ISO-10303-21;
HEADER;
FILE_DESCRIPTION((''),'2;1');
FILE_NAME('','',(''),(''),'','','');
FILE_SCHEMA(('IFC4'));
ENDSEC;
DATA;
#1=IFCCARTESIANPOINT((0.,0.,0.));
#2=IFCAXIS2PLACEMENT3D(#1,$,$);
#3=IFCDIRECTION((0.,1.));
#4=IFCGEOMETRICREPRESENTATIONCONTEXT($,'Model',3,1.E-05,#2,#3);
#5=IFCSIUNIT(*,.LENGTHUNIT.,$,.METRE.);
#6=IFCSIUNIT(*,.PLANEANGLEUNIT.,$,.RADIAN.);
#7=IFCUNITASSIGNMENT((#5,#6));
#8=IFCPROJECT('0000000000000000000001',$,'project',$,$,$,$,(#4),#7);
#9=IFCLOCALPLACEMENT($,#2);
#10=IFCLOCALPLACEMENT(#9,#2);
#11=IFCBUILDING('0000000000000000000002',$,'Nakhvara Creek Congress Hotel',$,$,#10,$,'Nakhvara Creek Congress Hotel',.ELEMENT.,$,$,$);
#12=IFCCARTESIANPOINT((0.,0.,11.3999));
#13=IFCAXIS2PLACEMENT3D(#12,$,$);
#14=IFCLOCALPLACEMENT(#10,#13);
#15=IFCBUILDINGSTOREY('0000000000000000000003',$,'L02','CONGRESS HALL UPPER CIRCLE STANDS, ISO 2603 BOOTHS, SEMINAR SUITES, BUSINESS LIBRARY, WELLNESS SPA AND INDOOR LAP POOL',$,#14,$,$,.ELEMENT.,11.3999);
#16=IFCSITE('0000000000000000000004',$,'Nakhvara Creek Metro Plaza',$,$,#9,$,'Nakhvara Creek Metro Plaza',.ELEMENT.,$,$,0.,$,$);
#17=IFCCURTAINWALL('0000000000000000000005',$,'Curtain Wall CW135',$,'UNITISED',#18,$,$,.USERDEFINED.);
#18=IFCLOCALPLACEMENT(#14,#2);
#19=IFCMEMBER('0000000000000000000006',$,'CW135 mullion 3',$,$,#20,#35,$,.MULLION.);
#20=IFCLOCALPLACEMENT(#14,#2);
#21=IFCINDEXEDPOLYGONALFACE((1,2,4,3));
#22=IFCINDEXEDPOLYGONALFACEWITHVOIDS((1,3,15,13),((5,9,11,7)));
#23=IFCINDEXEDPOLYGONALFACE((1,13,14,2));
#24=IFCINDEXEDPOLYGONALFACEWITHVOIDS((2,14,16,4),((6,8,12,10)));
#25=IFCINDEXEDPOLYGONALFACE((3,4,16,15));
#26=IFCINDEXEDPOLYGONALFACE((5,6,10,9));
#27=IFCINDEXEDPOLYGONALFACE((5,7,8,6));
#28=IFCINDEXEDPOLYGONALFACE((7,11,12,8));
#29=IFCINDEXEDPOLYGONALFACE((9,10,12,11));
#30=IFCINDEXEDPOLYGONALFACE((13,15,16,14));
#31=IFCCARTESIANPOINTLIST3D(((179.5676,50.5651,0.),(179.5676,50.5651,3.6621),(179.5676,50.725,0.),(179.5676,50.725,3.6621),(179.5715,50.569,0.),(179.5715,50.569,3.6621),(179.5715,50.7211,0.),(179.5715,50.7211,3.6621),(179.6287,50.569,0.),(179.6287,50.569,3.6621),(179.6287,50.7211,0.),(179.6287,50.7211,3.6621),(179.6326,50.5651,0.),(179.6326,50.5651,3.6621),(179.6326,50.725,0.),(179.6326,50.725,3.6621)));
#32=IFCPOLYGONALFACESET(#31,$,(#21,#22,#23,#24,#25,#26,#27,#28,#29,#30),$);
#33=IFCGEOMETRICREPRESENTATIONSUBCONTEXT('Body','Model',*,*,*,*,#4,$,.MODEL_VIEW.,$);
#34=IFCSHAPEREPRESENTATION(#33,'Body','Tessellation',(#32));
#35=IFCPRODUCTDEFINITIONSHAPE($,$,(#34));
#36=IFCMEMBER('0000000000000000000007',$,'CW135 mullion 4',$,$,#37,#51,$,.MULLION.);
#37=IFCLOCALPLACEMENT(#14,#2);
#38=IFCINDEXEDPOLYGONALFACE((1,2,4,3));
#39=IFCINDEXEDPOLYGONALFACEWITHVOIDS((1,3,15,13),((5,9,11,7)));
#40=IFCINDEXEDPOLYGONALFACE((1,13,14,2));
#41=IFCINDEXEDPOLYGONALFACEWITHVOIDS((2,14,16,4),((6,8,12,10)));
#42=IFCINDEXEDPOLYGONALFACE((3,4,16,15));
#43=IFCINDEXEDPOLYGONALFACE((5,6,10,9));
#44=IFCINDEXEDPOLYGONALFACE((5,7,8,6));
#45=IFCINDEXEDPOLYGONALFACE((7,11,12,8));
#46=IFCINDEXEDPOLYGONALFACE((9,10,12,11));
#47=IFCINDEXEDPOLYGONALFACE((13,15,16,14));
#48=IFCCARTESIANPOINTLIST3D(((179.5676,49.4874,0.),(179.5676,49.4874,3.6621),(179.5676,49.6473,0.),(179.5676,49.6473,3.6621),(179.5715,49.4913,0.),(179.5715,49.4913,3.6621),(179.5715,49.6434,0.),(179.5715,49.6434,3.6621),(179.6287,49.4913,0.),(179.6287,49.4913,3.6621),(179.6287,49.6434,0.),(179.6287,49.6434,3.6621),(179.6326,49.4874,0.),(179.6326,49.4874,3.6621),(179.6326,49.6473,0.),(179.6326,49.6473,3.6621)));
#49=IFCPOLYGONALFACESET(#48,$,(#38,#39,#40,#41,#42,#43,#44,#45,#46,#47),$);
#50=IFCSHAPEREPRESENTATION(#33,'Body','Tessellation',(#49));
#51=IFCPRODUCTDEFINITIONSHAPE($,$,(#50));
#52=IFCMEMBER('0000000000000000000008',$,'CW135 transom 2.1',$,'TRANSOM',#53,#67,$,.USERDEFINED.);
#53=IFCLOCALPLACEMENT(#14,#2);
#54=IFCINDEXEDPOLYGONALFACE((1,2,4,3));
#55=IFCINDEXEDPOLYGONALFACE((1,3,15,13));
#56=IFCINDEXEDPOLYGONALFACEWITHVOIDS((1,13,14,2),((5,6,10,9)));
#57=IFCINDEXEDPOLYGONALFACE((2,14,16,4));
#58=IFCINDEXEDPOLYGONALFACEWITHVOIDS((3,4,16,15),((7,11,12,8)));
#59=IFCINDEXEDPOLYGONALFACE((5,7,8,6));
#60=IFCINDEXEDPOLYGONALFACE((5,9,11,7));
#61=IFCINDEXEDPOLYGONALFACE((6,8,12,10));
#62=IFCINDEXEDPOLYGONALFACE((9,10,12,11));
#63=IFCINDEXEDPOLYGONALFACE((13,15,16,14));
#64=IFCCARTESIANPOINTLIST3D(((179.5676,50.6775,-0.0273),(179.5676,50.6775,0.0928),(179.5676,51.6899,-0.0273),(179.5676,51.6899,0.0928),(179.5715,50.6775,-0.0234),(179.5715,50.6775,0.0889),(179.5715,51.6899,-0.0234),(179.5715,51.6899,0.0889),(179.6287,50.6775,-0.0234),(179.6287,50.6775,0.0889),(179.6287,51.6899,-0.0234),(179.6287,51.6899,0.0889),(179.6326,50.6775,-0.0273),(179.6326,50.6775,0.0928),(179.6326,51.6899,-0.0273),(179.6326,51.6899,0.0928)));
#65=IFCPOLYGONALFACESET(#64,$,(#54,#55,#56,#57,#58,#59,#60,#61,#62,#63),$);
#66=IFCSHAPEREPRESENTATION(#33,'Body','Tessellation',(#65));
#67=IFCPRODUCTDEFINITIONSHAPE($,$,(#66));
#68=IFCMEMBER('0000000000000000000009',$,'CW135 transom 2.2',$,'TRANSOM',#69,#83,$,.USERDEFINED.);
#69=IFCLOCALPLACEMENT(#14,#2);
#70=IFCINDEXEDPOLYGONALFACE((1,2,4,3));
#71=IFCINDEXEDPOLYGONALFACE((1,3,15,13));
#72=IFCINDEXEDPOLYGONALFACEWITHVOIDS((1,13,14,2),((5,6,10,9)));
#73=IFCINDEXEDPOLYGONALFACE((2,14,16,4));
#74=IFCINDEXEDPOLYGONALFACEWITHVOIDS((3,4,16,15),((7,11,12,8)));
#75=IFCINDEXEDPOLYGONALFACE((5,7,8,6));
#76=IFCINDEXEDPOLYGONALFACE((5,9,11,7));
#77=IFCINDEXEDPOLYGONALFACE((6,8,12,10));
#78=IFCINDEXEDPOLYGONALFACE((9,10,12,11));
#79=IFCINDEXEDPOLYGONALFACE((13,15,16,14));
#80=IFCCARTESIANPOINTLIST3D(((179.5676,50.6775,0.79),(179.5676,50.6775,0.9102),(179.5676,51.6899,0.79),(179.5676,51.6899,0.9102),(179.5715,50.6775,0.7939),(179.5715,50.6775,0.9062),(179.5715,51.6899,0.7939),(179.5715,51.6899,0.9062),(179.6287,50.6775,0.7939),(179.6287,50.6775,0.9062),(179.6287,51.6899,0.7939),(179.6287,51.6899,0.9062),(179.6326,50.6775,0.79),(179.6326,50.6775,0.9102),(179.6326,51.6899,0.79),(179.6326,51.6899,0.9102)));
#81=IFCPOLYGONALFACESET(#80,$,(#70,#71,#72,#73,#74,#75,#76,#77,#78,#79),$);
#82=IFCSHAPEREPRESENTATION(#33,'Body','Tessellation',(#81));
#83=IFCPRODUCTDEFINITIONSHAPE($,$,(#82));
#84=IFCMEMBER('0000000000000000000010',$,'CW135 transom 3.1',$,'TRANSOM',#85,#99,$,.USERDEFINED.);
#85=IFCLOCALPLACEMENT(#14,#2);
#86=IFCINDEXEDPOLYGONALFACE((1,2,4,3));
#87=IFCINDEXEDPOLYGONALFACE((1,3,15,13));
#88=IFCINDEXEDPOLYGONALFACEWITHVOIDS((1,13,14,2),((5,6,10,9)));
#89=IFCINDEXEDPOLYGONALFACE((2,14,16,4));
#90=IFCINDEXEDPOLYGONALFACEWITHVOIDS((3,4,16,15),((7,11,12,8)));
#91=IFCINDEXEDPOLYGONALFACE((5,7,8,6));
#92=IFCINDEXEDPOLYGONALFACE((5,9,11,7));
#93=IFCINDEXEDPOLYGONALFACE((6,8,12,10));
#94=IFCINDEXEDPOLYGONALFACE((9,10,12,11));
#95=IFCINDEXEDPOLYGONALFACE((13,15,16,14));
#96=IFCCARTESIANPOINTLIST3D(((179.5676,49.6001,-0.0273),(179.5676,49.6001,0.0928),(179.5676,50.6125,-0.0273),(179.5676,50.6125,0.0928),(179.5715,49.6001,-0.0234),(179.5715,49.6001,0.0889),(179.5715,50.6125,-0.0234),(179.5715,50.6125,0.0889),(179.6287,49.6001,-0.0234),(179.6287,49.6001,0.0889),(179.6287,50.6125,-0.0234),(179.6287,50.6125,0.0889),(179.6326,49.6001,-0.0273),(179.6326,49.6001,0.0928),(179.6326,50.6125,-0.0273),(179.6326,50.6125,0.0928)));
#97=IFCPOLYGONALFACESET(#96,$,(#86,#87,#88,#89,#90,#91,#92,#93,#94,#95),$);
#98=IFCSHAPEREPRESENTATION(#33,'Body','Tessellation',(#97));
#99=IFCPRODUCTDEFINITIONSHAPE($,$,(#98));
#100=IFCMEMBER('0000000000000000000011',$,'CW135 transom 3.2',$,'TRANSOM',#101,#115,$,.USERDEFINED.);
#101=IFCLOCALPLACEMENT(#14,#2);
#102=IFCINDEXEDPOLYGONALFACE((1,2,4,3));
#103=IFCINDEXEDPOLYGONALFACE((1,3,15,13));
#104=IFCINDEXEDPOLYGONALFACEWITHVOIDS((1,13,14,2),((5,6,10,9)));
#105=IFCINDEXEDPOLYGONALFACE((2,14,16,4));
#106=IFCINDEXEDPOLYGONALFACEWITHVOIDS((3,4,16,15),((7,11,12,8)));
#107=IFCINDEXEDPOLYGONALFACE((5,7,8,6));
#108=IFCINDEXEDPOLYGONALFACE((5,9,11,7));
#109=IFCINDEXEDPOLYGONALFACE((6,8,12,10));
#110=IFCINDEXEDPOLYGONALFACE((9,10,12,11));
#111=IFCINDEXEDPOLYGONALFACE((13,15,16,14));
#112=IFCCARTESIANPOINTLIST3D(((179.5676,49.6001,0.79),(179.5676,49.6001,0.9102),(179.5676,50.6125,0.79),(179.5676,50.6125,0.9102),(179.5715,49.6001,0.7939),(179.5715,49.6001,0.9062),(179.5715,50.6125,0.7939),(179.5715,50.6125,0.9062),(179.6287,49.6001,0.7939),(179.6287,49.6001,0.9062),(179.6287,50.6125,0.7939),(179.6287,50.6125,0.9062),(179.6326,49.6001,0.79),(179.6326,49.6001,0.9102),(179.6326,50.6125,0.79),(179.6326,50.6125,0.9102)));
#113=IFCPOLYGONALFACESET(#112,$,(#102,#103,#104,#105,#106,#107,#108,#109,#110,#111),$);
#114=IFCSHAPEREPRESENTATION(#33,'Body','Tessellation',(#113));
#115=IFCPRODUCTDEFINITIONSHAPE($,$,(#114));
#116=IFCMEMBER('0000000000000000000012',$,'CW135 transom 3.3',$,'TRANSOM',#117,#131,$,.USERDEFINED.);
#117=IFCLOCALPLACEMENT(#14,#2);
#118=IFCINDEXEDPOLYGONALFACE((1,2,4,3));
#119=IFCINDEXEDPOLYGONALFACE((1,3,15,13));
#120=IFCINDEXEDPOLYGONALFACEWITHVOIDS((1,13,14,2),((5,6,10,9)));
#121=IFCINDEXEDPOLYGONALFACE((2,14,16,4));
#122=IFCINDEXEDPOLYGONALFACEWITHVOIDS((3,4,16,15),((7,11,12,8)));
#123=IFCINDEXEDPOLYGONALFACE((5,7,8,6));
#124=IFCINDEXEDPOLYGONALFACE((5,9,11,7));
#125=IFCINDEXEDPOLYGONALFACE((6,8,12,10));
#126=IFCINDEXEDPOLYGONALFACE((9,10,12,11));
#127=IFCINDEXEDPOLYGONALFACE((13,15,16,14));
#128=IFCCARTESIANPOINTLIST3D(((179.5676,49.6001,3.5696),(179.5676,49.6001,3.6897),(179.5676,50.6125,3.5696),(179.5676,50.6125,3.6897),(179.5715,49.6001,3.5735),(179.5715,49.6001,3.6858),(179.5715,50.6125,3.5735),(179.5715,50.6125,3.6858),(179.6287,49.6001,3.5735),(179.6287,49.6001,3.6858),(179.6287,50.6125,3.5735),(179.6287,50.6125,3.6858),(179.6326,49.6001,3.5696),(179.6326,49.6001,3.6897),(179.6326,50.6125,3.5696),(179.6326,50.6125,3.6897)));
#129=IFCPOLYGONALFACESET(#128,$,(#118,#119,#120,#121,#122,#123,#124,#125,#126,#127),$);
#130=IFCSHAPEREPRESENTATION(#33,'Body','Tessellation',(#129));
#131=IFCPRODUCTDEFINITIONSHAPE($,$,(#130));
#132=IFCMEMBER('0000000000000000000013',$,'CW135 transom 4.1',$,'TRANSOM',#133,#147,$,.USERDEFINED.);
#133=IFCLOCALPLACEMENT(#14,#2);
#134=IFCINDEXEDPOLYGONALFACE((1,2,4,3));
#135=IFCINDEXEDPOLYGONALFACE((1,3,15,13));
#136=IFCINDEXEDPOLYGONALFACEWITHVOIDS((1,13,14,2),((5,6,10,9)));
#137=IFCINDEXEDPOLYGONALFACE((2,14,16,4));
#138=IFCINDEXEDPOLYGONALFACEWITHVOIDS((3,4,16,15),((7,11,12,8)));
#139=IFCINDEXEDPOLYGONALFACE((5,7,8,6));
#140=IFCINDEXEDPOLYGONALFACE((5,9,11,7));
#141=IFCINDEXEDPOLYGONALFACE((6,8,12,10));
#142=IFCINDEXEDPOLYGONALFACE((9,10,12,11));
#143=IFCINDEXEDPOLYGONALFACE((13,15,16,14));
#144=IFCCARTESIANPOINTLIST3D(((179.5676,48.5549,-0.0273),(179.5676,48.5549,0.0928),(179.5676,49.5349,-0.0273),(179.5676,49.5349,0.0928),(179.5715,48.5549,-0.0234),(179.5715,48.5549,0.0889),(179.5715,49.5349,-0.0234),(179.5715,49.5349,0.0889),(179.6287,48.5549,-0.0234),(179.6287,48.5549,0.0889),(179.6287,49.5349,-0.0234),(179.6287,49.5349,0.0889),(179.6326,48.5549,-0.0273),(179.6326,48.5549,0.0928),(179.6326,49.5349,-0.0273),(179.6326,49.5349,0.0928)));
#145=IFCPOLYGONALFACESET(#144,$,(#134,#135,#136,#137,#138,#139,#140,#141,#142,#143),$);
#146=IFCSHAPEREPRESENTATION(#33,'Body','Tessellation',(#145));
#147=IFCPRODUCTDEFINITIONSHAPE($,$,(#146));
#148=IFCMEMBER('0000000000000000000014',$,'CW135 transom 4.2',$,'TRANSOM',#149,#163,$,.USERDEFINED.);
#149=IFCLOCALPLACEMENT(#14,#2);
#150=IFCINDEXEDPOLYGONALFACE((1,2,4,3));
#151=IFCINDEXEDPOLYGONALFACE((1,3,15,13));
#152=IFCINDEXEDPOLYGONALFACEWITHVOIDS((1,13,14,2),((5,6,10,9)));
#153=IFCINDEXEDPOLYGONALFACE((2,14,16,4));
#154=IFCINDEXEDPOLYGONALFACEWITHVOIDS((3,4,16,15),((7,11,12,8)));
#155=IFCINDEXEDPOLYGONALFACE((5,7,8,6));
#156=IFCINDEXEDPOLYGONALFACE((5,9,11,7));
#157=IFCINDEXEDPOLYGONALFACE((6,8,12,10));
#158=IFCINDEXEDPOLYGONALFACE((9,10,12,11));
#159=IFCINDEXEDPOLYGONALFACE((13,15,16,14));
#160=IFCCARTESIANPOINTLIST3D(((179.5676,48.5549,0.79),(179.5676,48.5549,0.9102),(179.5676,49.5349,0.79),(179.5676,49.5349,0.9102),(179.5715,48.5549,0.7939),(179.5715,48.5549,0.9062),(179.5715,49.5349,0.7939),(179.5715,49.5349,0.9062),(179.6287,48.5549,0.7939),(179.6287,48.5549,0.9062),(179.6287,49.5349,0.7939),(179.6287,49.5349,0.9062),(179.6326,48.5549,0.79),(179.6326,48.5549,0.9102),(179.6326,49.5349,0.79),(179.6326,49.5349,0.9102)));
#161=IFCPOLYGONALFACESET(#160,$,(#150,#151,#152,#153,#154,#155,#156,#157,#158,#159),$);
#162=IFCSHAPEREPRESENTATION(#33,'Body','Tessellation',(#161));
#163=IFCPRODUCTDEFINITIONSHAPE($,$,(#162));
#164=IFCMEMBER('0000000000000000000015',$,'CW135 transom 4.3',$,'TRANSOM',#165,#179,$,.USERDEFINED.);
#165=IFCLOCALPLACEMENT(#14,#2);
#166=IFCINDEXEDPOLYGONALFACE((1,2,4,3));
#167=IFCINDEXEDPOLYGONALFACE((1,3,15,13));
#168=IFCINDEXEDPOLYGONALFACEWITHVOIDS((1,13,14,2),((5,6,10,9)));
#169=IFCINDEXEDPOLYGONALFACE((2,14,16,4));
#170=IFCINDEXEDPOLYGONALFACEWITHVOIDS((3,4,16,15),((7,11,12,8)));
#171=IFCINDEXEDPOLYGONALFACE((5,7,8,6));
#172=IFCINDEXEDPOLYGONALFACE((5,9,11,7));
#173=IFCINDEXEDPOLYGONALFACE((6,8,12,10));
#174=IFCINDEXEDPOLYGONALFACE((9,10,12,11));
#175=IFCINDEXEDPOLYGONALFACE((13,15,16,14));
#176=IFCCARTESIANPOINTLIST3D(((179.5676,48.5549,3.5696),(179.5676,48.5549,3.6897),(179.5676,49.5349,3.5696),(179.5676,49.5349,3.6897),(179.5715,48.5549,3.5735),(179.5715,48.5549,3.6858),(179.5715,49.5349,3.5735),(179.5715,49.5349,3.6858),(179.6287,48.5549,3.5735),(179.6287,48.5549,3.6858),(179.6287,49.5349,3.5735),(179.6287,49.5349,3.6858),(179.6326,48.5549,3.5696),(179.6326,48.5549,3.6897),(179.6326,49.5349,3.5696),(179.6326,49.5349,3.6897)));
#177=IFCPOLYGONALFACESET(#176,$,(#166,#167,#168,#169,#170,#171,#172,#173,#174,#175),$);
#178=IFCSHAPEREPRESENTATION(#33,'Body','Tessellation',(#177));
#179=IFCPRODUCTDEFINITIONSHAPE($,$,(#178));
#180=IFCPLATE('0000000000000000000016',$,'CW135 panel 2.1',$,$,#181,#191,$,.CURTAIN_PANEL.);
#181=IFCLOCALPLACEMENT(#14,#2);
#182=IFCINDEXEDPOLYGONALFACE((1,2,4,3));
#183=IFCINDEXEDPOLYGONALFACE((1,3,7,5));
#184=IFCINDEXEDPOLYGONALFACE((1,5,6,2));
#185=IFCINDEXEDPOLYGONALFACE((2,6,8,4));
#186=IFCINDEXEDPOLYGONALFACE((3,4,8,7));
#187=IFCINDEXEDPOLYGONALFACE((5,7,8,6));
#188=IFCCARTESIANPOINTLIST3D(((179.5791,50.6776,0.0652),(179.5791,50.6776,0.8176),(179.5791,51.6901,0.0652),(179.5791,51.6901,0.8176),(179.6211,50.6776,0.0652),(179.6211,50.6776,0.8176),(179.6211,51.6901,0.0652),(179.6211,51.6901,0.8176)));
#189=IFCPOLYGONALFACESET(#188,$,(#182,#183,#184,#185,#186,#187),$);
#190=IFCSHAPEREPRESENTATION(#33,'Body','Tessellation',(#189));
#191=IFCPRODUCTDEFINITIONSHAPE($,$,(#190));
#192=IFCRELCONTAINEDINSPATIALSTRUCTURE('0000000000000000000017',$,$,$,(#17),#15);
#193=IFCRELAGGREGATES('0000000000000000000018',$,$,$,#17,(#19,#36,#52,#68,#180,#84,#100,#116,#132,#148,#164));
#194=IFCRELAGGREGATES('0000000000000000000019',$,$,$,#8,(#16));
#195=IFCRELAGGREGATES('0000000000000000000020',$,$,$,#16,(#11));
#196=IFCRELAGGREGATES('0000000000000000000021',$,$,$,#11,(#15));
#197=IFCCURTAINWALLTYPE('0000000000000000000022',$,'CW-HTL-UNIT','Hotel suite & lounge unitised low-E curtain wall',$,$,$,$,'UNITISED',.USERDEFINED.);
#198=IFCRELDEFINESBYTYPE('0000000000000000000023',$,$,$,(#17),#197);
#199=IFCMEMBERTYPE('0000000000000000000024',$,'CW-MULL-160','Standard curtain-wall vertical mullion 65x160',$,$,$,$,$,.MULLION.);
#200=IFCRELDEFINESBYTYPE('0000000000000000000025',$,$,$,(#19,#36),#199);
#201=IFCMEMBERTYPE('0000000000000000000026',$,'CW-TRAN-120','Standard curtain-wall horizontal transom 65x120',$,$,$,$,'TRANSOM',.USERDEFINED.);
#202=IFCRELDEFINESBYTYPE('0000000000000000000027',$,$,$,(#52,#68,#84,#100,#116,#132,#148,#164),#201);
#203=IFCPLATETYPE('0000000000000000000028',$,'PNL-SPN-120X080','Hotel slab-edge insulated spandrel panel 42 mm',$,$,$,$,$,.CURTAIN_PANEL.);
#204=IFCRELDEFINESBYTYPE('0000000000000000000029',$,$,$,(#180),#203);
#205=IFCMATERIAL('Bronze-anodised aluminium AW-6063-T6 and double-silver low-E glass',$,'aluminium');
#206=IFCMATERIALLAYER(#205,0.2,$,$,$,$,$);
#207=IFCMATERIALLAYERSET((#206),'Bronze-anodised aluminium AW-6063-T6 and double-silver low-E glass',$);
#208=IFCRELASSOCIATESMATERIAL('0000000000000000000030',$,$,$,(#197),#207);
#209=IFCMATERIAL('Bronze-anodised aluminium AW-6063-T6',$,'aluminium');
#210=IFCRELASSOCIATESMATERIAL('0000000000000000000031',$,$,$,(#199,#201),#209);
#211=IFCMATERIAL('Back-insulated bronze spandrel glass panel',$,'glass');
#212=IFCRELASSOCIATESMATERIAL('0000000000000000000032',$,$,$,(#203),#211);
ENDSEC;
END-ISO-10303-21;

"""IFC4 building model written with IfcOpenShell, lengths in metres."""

from ifc_helpers import new_model, si_unit, direction, frame, origin, origin_2d, place, context, subcontext, project, spatial, rectangle, hollow_rectangle, extrude, material, layer, layer_set, material_profile, profile_set, type_object, element, aggregate, save


model = new_model("IFC4")

# Units and contexts
model_context = context("Model", 3, precision=1e-05, world=origin(), true_north=direction((0.0, 1.0)))
body_context = subcontext(model_context, "Body", "Model", "MODEL_VIEW")
ifc_project = project(units=[si_unit("LENGTHUNIT", "METRE"), si_unit("PLANEANGLEUNIT", "RADIAN")], contexts=[model_context])

# Site, building, storey
site_placement = place(None, origin())
site = spatial("IfcSite", under=ifc_project, at=site_placement, Name="Nakhvara Creek Metro Plaza", LongName="Nakhvara Creek Metro Plaza", CompositionType="ELEMENT", RefElevation=0.0)
building_placement = place(site_placement, origin())
building = spatial("IfcBuilding", under=site, at=building_placement, Name="Nakhvara Creek Congress Hotel", LongName="Nakhvara Creek Congress Hotel", CompositionType="ELEMENT")
storey_placement = place(building_placement, frame((0.0, 0.0, 11.3999)))
storey = spatial("IfcBuildingStorey", under=building, at=storey_placement, Name="L02", Description="CONGRESS HALL UPPER CIRCLE STANDS, ISO 2603 BOOTHS, SEMINAR SUITES, BUSINESS LIBRARY, WELLNESS SPA AND INDOOR LAP POOL", CompositionType="ELEMENT", Elevation=11.3999)

# Curtain wall, members, plate
ifc_material_1 = material(Name="Bronze-anodised aluminium AW-6063-T6 and double-silver low-E glass", Category="aluminium")
ifc_layer_1 = layer(ifc_material_1, 0.2)
ifc_layer_set_1 = layer_set([ifc_layer_1], Name="Bronze-anodised aluminium AW-6063-T6 and double-silver low-E glass")
curtain_wall_type = type_object("IfcCurtainWallType", Name="CW-HTL-UNIT", Description="Hotel suite & lounge unitised low-E curtain wall", ElementType="UNITISED", PredefinedType="USERDEFINED", material=ifc_layer_set_1)
curtain_wall_placement = place(storey_placement, origin())
curtain_wall = element("IfcCurtainWall", 1, at=curtain_wall_placement, inside=storey, type_object=curtain_wall_type, Name="Curtain Wall CW135", ObjectType="UNITISED", PredefinedType="USERDEFINED")
ifc_material_2 = material(Name="Bronze-anodised aluminium AW-6063-T6", Category="aluminium")
ifc_material_profile_1 = material_profile(ifc_material_2, hollow_rectangle(XDim=0.0649, YDim=0.1599, WallThickness=0.0039, at=origin_2d()), Name="ALU-MULL 65x160x4", Category="LoadBearing")
ifc_profile_set_1 = profile_set([ifc_material_profile_1], Name="Bronze-anodised aluminium AW-6063-T6")
member_type_1 = type_object("IfcMemberType", Name="CW-MULL-160", Description="Standard curtain-wall vertical mullion 65x160", PredefinedType="MULLION", material=ifc_profile_set_1)
member_1_placement = place(storey_placement, frame((179.6001, 50.645, 0.0), z_axis=(0.0, 0.0, 1.0), x_axis=(1.0, 0.0, 0.0)))
member_1 = element("IfcMember", 2, at=member_1_placement, type_object=member_type_1, Name="CW135 mullion 3", PredefinedType="MULLION", context=body_context, shape_type="SweptSolid", body=[
    extrude(hollow_rectangle(XDim=0.0649, YDim=0.1599, WallThickness=0.0039, at=origin_2d()), origin(), (0.0, 0.0, 1.0), 3.6621),
])
member_2_placement = place(storey_placement, frame((179.6001, 49.5674, 0.0), z_axis=(0.0, 0.0, 1.0), x_axis=(1.0, 0.0, 0.0)))
member_2 = element("IfcMember", 3, at=member_2_placement, type_object=member_type_1, Name="CW135 mullion 4", PredefinedType="MULLION", context=body_context, shape_type="SweptSolid", body=[
    extrude(hollow_rectangle(XDim=0.0649, YDim=0.1599, WallThickness=0.0039, at=origin_2d()), origin(), (0.0, 0.0, 1.0), 3.6621),
])
ifc_material_profile_2 = material_profile(ifc_material_2, hollow_rectangle(XDim=0.0649, YDim=0.1201, WallThickness=0.0039, at=origin_2d()), Name="ALU-TRAN 65x120x4", Category="LoadBearing")
ifc_profile_set_2 = profile_set([ifc_material_profile_2], Name="Bronze-anodised aluminium AW-6063-T6")
member_type_2 = type_object("IfcMemberType", Name="CW-TRAN-120", Description="Standard curtain-wall horizontal transom 65x120", ElementType="TRANSOM", PredefinedType="USERDEFINED", material=ifc_profile_set_2)
member_3_placement = place(storey_placement, frame((179.6001, 51.6899, 0.0327), z_axis=(0.0, -1.0, 0.0), x_axis=(1.0, 0.0, 0.0)))
member_3 = element("IfcMember", 4, at=member_3_placement, type_object=member_type_2, Name="CW135 transom 2.1", ObjectType="TRANSOM", PredefinedType="USERDEFINED", context=body_context, shape_type="SweptSolid", body=[
    extrude(hollow_rectangle(XDim=0.0649, YDim=0.1201, WallThickness=0.0039, at=origin_2d()), origin(), (0.0, 0.0, 1.0), 1.0125),
])
member_4_placement = place(storey_placement, frame((179.6001, 51.6899, 0.8501), z_axis=(0.0, -1.0, 0.0), x_axis=(1.0, 0.0, 0.0)))
member_4 = element("IfcMember", 5, at=member_4_placement, type_object=member_type_2, Name="CW135 transom 2.2", ObjectType="TRANSOM", PredefinedType="USERDEFINED", context=body_context, shape_type="SweptSolid", body=[
    extrude(hollow_rectangle(XDim=0.0649, YDim=0.1201, WallThickness=0.0039, at=origin_2d()), origin(), (0.0, 0.0, 1.0), 1.0125),
])
member_5_placement = place(storey_placement, frame((179.6001, 50.6125, 0.0327), z_axis=(0.0, -1.0, 0.0), x_axis=(1.0, 0.0, 0.0)))
member_5 = element("IfcMember", 6, at=member_5_placement, type_object=member_type_2, Name="CW135 transom 3.1", ObjectType="TRANSOM", PredefinedType="USERDEFINED", context=body_context, shape_type="SweptSolid", body=[
    extrude(hollow_rectangle(XDim=0.0649, YDim=0.1201, WallThickness=0.0039, at=origin_2d()), origin(), (0.0, 0.0, 1.0), 1.0125),
])
member_6_placement = place(storey_placement, frame((179.6001, 50.6125, 0.8501), z_axis=(0.0, -1.0, 0.0), x_axis=(1.0, 0.0, 0.0)))
member_6 = element("IfcMember", 7, at=member_6_placement, type_object=member_type_2, Name="CW135 transom 3.2", ObjectType="TRANSOM", PredefinedType="USERDEFINED", context=body_context, shape_type="SweptSolid", body=[
    extrude(hollow_rectangle(XDim=0.0649, YDim=0.1201, WallThickness=0.0039, at=origin_2d()), origin(), (0.0, 0.0, 1.0), 1.0125),
])
member_7_placement = place(storey_placement, frame((179.6001, 50.6125, 3.6296), z_axis=(0.0, -1.0, 0.0), x_axis=(1.0, 0.0, 0.0)))
member_7 = element("IfcMember", 8, at=member_7_placement, type_object=member_type_2, Name="CW135 transom 3.3", ObjectType="TRANSOM", PredefinedType="USERDEFINED", context=body_context, shape_type="SweptSolid", body=[
    extrude(hollow_rectangle(XDim=0.0649, YDim=0.1201, WallThickness=0.0039, at=origin_2d()), origin(), (0.0, 0.0, 1.0), 1.0125),
])
member_8_placement = place(storey_placement, frame((179.6001, 49.5349, 0.0327), z_axis=(0.0, -1.0, 0.0), x_axis=(1.0, 0.0, 0.0)))
member_8 = element("IfcMember", 9, at=member_8_placement, type_object=member_type_2, Name="CW135 transom 4.1", ObjectType="TRANSOM", PredefinedType="USERDEFINED", context=body_context, shape_type="SweptSolid", body=[
    extrude(hollow_rectangle(XDim=0.0649, YDim=0.1201, WallThickness=0.0039, at=origin_2d()), origin(), (0.0, 0.0, 1.0), 0.98),
])
member_9_placement = place(storey_placement, frame((179.6001, 49.5349, 0.8501), z_axis=(0.0, -1.0, 0.0), x_axis=(1.0, 0.0, 0.0)))
member_9 = element("IfcMember", 10, at=member_9_placement, type_object=member_type_2, Name="CW135 transom 4.2", ObjectType="TRANSOM", PredefinedType="USERDEFINED", context=body_context, shape_type="SweptSolid", body=[
    extrude(hollow_rectangle(XDim=0.0649, YDim=0.1201, WallThickness=0.0039, at=origin_2d()), origin(), (0.0, 0.0, 1.0), 0.98),
])
member_10_placement = place(storey_placement, frame((179.6001, 49.5349, 3.6296), z_axis=(0.0, -1.0, 0.0), x_axis=(1.0, 0.0, 0.0)))
member_10 = element("IfcMember", 11, at=member_10_placement, type_object=member_type_2, Name="CW135 transom 4.3", ObjectType="TRANSOM", PredefinedType="USERDEFINED", context=body_context, shape_type="SweptSolid", body=[
    extrude(hollow_rectangle(XDim=0.0649, YDim=0.1201, WallThickness=0.0039, at=origin_2d()), origin(), (0.0, 0.0, 1.0), 0.98),
])
ifc_material_3 = material(Name="Back-insulated bronze spandrel glass panel", Category="glass")
plate_type = type_object("IfcPlateType", Name="PNL-SPN-120X080", Description="Hotel slab-edge insulated spandrel panel 42 mm", PredefinedType="CURTAIN_PANEL", material=ifc_material_3)
plate_1_placement = place(storey_placement, frame((179.6001, 51.1838, 0.0652), z_axis=(0.0, 0.0, 1.0), x_axis=(0.0, -1.0, 0.0)))
plate_1 = element("IfcPlate", 12, at=plate_1_placement, type_object=plate_type, Name="CW135 panel 2.1", PredefinedType="CURTAIN_PANEL", context=body_context, shape_type="SweptSolid", body=[
    extrude(rectangle(XDim=1.0125, YDim=0.042, at=origin_2d()), origin(), (0.0, 0.0, 1.0), 0.7524),
])
aggregate(curtain_wall, [member_1, member_2, member_3, member_4, plate_1, member_5, member_6, member_7, member_8, member_9, member_10])

save(model, "model.ifc")
